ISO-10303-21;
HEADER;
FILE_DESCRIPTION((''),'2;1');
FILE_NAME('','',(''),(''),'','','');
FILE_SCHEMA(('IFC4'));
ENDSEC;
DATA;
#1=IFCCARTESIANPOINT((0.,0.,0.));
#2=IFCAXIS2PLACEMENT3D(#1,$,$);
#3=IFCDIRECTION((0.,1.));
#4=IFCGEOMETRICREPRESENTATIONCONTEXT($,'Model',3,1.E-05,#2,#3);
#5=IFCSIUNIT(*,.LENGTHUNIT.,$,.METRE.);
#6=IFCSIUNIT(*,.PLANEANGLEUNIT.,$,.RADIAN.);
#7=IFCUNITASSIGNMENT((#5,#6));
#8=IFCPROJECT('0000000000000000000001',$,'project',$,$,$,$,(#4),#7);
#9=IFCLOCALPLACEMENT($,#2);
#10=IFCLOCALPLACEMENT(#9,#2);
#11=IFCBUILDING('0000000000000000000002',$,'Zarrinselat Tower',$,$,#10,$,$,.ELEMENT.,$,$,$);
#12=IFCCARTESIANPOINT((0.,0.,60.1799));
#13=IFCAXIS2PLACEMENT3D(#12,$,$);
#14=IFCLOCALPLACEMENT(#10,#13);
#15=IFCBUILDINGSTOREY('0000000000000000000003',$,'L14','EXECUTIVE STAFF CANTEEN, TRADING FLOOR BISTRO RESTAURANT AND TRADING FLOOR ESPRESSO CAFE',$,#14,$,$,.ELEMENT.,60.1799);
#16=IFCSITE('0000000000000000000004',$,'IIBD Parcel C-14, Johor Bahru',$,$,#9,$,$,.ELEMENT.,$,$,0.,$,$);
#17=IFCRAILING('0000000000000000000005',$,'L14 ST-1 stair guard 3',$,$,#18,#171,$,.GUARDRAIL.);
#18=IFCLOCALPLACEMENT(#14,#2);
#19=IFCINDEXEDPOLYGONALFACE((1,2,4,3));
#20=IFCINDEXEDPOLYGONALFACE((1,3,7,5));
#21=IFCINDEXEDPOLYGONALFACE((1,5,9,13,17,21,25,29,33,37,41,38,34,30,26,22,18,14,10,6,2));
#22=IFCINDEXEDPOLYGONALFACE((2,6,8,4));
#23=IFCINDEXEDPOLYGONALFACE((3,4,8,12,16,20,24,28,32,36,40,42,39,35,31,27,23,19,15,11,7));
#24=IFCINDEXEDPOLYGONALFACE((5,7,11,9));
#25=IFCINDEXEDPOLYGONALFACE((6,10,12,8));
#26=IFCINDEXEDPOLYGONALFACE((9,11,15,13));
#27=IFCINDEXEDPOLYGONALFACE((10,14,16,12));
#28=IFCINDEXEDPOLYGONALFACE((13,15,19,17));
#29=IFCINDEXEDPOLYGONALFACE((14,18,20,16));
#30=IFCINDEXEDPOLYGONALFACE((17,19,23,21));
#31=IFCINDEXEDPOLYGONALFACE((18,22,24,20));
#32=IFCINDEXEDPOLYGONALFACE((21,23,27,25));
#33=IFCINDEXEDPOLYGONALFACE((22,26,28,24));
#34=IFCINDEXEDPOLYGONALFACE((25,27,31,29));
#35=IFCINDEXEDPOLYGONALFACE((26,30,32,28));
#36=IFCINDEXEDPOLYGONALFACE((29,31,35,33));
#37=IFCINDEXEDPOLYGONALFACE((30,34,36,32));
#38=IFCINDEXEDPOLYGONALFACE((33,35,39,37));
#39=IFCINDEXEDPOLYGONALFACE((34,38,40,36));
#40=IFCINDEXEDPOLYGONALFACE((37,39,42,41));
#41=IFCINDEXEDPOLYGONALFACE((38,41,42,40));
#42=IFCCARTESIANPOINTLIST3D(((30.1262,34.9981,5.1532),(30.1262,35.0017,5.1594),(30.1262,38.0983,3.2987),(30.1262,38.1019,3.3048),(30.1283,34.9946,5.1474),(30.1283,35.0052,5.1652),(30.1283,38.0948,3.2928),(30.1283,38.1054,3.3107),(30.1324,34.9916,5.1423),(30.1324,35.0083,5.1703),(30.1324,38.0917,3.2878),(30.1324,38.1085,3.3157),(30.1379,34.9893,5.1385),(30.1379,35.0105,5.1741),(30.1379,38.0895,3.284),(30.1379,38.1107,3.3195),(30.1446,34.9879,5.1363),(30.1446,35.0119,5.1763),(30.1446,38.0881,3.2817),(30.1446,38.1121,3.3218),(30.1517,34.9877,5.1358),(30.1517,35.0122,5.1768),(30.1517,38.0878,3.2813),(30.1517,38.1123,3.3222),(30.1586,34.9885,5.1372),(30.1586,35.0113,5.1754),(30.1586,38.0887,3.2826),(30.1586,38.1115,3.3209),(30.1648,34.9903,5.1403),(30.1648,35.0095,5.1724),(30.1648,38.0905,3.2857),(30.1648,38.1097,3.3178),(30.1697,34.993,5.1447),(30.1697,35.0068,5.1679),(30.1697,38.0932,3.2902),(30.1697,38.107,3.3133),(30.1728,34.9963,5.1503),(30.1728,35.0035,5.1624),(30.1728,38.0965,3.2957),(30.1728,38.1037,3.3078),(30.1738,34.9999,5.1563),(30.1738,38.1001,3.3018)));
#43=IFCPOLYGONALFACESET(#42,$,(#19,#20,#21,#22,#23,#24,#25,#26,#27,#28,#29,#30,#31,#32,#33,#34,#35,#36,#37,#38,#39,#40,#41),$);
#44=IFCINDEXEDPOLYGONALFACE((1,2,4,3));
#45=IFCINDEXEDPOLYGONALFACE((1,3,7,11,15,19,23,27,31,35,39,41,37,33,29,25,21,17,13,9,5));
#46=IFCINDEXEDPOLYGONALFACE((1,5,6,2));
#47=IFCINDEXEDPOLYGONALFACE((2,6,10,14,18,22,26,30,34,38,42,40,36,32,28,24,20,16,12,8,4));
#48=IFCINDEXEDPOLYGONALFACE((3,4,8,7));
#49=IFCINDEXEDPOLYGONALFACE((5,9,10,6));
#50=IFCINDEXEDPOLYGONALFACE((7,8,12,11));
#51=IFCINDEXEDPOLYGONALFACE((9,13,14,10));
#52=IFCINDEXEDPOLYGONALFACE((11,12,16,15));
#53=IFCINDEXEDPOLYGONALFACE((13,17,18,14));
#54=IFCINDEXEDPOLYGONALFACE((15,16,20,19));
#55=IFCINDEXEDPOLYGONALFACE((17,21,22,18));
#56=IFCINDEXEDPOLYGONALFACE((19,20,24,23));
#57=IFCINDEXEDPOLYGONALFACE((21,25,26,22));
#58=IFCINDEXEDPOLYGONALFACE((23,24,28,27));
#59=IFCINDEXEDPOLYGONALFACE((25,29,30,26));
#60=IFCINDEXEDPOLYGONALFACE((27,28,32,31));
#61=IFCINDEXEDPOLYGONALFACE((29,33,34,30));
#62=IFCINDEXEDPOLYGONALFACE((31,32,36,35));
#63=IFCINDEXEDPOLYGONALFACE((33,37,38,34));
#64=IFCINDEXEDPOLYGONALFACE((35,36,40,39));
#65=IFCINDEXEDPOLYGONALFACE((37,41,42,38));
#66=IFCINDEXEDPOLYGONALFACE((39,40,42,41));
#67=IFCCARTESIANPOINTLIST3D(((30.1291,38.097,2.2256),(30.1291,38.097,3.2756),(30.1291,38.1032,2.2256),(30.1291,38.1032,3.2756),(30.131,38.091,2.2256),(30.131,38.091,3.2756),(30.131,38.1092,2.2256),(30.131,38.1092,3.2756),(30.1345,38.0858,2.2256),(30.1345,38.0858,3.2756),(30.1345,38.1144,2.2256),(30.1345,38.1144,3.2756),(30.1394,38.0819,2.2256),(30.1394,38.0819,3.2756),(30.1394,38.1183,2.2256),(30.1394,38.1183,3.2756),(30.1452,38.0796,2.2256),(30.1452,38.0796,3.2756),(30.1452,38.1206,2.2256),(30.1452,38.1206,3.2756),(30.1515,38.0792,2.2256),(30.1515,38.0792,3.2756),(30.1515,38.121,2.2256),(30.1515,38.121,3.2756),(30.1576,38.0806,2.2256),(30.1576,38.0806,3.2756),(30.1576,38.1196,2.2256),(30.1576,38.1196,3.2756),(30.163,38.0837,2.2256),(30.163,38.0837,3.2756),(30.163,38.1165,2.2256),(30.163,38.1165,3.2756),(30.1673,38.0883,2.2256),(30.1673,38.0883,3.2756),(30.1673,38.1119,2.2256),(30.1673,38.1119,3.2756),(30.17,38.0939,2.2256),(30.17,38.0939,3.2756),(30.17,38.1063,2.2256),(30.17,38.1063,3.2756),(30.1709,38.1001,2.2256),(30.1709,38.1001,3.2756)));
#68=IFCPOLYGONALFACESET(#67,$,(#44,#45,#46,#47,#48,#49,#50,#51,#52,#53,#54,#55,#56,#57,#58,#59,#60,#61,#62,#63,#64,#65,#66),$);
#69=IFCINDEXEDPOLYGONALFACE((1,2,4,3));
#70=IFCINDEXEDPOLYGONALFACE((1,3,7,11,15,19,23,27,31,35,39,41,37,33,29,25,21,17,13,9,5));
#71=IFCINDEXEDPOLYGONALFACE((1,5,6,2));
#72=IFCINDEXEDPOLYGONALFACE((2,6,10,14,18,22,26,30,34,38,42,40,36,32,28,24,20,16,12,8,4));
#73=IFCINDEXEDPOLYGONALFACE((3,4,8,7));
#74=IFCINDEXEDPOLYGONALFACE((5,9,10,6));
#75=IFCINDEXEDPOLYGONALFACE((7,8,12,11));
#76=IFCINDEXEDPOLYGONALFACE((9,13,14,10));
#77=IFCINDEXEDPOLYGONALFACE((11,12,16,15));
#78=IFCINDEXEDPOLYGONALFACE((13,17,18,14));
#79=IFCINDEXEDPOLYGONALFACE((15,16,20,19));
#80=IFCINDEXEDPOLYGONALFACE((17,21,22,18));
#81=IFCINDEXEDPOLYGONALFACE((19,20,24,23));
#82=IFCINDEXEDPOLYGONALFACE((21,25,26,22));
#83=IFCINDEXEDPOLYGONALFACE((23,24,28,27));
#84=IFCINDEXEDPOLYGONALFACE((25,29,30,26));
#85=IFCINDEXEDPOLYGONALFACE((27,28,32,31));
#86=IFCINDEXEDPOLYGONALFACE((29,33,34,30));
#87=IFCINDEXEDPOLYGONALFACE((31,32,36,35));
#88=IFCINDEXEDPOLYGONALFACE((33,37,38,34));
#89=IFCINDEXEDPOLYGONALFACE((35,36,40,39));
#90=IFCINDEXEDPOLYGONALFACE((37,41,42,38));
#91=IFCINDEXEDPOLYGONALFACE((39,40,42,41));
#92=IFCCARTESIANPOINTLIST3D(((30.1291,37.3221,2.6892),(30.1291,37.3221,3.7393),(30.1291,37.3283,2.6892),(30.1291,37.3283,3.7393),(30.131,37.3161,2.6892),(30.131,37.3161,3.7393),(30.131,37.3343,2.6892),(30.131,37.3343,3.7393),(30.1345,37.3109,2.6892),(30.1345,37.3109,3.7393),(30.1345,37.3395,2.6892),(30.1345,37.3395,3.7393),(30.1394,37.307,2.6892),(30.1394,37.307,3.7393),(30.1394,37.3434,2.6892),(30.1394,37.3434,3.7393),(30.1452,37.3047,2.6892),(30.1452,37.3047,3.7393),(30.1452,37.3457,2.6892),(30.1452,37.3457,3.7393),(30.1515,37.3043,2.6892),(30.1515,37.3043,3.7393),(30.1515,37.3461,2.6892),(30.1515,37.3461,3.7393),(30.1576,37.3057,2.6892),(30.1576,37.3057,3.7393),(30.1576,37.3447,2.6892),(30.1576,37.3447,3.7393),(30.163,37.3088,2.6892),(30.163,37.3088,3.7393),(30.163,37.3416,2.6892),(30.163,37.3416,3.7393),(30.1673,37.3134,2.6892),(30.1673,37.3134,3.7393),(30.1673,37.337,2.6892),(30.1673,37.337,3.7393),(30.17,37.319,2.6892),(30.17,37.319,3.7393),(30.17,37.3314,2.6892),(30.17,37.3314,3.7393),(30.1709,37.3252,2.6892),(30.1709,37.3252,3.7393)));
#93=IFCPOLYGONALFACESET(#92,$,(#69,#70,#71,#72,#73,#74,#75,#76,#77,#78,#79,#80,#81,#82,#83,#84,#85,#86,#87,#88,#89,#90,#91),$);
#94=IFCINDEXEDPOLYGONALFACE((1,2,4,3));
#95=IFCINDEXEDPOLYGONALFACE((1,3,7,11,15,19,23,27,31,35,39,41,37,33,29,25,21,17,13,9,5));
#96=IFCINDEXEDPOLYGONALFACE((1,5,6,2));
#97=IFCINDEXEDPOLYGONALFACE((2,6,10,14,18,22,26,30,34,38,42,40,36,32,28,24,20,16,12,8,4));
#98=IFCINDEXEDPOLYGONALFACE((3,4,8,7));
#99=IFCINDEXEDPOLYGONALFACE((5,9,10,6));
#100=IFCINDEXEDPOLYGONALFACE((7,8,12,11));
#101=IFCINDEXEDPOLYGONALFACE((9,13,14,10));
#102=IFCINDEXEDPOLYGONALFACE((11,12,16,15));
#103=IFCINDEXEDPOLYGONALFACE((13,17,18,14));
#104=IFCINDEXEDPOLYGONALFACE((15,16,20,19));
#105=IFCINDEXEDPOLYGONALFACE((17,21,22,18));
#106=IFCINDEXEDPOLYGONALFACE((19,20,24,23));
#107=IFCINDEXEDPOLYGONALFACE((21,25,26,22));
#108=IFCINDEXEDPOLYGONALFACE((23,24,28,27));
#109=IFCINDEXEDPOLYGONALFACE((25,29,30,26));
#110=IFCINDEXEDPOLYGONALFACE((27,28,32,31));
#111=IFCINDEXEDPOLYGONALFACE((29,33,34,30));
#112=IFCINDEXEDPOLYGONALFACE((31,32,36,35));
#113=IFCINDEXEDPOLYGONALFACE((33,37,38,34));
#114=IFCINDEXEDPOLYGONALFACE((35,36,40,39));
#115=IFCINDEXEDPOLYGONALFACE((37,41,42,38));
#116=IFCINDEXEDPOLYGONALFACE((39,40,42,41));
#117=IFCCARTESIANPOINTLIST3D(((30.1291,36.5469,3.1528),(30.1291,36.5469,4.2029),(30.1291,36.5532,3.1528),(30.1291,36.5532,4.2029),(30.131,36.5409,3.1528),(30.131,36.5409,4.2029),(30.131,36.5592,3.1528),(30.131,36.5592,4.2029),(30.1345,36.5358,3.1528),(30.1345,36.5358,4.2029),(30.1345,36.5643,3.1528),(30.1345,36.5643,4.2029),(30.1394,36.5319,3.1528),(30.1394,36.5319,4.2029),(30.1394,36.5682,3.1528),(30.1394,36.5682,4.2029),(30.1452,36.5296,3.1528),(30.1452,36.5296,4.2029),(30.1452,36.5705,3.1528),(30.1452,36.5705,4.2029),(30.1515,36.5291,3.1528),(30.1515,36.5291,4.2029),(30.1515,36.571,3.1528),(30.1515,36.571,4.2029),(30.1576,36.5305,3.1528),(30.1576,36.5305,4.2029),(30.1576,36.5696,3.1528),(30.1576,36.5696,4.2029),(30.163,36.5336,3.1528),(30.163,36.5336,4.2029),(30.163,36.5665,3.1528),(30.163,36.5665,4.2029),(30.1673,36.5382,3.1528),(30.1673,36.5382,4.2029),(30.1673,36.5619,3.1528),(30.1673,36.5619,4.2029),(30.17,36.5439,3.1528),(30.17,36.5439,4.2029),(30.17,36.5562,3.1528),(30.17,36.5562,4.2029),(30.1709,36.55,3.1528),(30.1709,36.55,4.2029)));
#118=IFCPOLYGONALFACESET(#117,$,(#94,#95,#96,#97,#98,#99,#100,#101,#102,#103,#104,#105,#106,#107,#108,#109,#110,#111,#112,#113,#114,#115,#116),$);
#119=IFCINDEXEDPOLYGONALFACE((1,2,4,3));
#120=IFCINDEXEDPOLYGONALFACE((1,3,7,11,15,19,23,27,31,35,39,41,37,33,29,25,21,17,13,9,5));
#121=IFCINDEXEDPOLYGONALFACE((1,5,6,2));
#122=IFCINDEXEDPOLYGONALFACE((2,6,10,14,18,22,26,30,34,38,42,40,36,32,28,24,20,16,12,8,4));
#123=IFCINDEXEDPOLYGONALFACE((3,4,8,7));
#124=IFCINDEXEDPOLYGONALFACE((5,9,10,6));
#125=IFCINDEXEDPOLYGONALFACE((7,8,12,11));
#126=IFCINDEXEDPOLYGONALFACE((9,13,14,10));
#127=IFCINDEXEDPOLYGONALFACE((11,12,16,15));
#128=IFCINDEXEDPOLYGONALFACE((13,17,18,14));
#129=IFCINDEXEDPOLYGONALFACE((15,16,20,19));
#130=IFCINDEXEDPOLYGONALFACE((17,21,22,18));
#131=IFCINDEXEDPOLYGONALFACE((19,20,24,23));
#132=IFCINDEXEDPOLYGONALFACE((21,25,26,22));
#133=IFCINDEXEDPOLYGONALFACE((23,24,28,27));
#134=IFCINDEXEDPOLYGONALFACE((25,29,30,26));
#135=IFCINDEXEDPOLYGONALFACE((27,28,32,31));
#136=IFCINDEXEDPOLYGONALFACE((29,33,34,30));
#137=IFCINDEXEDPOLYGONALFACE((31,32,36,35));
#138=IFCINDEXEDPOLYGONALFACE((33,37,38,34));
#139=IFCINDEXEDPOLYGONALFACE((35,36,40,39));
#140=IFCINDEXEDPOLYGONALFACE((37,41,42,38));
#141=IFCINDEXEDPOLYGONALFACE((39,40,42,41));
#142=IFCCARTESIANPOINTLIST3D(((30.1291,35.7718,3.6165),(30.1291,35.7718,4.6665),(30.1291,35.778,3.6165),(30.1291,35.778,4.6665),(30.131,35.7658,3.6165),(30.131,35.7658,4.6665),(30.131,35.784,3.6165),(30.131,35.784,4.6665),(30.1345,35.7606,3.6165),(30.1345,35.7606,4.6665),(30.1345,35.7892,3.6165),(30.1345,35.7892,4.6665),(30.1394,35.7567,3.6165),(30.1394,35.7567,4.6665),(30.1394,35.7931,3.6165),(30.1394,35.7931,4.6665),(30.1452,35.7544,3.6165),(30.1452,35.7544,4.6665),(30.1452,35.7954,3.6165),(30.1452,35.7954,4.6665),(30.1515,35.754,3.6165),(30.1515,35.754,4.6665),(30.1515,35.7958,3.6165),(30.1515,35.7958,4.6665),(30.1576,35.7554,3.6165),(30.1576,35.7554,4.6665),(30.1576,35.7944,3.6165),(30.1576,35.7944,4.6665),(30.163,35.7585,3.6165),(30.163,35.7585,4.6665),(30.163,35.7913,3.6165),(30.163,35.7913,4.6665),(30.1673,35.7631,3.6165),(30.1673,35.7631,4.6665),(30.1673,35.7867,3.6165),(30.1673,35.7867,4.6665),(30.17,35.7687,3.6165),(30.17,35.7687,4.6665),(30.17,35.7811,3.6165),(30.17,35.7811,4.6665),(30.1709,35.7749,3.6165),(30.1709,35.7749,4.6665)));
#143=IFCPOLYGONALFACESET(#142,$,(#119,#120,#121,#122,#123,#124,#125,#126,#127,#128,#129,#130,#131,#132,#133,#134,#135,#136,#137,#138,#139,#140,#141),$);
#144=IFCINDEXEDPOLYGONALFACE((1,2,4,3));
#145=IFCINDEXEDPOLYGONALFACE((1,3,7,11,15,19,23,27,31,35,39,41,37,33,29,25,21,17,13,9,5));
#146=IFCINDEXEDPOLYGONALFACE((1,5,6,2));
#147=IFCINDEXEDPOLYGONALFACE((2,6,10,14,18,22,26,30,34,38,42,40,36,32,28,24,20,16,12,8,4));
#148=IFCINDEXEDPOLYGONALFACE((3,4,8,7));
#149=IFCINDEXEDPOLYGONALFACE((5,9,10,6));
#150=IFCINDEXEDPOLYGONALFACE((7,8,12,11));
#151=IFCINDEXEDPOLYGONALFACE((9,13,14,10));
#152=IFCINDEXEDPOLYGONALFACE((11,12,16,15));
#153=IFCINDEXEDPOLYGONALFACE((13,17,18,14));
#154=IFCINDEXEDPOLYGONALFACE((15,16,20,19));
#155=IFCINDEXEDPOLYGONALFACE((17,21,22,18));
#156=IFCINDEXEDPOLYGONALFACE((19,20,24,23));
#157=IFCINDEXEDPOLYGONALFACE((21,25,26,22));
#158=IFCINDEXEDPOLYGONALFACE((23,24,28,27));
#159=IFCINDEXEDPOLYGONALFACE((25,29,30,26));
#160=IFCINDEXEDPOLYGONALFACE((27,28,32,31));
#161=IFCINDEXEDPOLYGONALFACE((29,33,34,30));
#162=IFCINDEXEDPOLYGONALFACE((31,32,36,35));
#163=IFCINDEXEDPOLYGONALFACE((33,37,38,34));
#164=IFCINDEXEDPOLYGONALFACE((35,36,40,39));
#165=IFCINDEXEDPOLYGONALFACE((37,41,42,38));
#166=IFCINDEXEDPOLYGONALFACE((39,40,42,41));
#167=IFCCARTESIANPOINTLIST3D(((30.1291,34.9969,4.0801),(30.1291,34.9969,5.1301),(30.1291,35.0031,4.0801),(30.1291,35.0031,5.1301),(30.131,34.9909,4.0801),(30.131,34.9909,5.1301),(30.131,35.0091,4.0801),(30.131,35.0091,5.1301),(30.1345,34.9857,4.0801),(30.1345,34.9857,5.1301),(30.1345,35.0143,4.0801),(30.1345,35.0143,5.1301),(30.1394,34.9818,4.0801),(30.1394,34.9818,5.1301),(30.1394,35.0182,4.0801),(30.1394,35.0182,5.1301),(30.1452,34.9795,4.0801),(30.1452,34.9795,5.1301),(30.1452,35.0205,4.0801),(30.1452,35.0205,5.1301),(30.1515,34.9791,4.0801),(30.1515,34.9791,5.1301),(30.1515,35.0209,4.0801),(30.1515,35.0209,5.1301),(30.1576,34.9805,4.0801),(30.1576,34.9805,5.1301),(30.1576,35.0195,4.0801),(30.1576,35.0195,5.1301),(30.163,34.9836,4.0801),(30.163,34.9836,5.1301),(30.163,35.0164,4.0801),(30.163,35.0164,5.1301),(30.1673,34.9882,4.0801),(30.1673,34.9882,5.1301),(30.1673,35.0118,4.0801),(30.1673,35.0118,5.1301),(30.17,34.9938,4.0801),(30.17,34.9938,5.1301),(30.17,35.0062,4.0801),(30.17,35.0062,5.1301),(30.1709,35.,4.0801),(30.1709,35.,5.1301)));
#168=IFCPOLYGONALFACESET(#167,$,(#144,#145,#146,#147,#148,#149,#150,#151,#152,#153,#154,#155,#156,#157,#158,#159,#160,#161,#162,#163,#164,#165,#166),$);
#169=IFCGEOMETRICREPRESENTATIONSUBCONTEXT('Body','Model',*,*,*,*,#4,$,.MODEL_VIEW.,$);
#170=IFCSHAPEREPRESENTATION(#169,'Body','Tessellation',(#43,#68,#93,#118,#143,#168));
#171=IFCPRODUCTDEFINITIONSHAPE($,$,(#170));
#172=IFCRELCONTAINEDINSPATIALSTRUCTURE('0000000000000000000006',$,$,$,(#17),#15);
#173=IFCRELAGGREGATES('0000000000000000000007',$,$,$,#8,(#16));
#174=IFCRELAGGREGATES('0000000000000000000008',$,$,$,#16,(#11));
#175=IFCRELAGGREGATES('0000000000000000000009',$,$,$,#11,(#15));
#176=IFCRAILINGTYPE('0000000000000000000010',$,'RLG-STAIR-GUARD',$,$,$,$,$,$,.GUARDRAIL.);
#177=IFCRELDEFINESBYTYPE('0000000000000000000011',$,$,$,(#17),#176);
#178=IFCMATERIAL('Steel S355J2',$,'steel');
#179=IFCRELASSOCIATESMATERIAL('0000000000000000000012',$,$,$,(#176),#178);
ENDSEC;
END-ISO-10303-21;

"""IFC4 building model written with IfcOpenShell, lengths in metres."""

from ifc_helpers import new_model, si_unit, direction, frame, origin, origin_2d, place, context, subcontext, project, spatial, circle, extrude, material, type_object, element, save


model = new_model("IFC4")

# Units and contexts
model_context = context("Model", 3, precision=1e-05, world=origin(), true_north=direction((0.0, 1.0)))
body_context = subcontext(model_context, "Body", "Model", "MODEL_VIEW")
ifc_project = project(units=[si_unit("LENGTHUNIT", "METRE"), si_unit("PLANEANGLEUNIT", "RADIAN")], contexts=[model_context])

# Site, building, storey
site_placement = place(None, origin())
site = spatial("IfcSite", under=ifc_project, at=site_placement, Name="IIBD Parcel C-14, Johor Bahru", CompositionType="ELEMENT", RefElevation=0.0)
building_placement = place(site_placement, origin())
building = spatial("IfcBuilding", under=site, at=building_placement, Name="Zarrinselat Tower", CompositionType="ELEMENT")
storey_placement = place(building_placement, frame((0.0, 0.0, 60.1799)))
storey = spatial("IfcBuildingStorey", under=building, at=storey_placement, Name="L14", Description="EXECUTIVE STAFF CANTEEN, TRADING FLOOR BISTRO RESTAURANT AND TRADING FLOOR ESPRESSO CAFE", CompositionType="ELEMENT", Elevation=60.1799)

# Railing
ifc_material_1 = material(Name="Steel S355J2", Category="steel")
railing_type_1 = type_object("IfcRailingType", Name="RLG-STAIR-GUARD", PredefinedType="GUARDRAIL", material=ifc_material_1)
railing_1_placement = place(storey_placement, frame((30.1499, 38.1001, 2.2256)))
element("IfcRailing", 1, at=railing_1_placement, inside=storey, type_object=railing_type_1, Name="L14 ST-1 stair guard 3", PredefinedType="GUARDRAIL", context=body_context, shape_type="SweptSolid", body=[
    extrude(circle(Radius=0.0239, at=origin_2d()), frame((0.0, 0.0, 1.0762), z_axis=(0.0, -0.858172, 0.513362), x_axis=(1.0, 0.0, 0.0)), (0.0, 0.0, 1.0), 3.6125),
    extrude(circle(Radius=0.021, at=origin_2d()), origin(), (0.0, 0.0, 1.0), 1.05),
    extrude(circle(Radius=0.021, at=origin_2d()), frame((0.0, -0.7749, 0.4636)), (0.0, 0.0, 1.0), 1.05),
    extrude(circle(Radius=0.021, at=origin_2d()), frame((0.0, -1.55, 0.9272)), (0.0, 0.0, 1.0), 1.05),
    extrude(circle(Radius=0.021, at=origin_2d()), frame((0.0, -2.3252, 1.3909)), (0.0, 0.0, 1.0), 1.05),
    extrude(circle(Radius=0.021, at=origin_2d()), frame((0.0, -3.1001, 1.8545)), (0.0, 0.0, 1.0), 1.05),
])

save(model, "model.ifc")
